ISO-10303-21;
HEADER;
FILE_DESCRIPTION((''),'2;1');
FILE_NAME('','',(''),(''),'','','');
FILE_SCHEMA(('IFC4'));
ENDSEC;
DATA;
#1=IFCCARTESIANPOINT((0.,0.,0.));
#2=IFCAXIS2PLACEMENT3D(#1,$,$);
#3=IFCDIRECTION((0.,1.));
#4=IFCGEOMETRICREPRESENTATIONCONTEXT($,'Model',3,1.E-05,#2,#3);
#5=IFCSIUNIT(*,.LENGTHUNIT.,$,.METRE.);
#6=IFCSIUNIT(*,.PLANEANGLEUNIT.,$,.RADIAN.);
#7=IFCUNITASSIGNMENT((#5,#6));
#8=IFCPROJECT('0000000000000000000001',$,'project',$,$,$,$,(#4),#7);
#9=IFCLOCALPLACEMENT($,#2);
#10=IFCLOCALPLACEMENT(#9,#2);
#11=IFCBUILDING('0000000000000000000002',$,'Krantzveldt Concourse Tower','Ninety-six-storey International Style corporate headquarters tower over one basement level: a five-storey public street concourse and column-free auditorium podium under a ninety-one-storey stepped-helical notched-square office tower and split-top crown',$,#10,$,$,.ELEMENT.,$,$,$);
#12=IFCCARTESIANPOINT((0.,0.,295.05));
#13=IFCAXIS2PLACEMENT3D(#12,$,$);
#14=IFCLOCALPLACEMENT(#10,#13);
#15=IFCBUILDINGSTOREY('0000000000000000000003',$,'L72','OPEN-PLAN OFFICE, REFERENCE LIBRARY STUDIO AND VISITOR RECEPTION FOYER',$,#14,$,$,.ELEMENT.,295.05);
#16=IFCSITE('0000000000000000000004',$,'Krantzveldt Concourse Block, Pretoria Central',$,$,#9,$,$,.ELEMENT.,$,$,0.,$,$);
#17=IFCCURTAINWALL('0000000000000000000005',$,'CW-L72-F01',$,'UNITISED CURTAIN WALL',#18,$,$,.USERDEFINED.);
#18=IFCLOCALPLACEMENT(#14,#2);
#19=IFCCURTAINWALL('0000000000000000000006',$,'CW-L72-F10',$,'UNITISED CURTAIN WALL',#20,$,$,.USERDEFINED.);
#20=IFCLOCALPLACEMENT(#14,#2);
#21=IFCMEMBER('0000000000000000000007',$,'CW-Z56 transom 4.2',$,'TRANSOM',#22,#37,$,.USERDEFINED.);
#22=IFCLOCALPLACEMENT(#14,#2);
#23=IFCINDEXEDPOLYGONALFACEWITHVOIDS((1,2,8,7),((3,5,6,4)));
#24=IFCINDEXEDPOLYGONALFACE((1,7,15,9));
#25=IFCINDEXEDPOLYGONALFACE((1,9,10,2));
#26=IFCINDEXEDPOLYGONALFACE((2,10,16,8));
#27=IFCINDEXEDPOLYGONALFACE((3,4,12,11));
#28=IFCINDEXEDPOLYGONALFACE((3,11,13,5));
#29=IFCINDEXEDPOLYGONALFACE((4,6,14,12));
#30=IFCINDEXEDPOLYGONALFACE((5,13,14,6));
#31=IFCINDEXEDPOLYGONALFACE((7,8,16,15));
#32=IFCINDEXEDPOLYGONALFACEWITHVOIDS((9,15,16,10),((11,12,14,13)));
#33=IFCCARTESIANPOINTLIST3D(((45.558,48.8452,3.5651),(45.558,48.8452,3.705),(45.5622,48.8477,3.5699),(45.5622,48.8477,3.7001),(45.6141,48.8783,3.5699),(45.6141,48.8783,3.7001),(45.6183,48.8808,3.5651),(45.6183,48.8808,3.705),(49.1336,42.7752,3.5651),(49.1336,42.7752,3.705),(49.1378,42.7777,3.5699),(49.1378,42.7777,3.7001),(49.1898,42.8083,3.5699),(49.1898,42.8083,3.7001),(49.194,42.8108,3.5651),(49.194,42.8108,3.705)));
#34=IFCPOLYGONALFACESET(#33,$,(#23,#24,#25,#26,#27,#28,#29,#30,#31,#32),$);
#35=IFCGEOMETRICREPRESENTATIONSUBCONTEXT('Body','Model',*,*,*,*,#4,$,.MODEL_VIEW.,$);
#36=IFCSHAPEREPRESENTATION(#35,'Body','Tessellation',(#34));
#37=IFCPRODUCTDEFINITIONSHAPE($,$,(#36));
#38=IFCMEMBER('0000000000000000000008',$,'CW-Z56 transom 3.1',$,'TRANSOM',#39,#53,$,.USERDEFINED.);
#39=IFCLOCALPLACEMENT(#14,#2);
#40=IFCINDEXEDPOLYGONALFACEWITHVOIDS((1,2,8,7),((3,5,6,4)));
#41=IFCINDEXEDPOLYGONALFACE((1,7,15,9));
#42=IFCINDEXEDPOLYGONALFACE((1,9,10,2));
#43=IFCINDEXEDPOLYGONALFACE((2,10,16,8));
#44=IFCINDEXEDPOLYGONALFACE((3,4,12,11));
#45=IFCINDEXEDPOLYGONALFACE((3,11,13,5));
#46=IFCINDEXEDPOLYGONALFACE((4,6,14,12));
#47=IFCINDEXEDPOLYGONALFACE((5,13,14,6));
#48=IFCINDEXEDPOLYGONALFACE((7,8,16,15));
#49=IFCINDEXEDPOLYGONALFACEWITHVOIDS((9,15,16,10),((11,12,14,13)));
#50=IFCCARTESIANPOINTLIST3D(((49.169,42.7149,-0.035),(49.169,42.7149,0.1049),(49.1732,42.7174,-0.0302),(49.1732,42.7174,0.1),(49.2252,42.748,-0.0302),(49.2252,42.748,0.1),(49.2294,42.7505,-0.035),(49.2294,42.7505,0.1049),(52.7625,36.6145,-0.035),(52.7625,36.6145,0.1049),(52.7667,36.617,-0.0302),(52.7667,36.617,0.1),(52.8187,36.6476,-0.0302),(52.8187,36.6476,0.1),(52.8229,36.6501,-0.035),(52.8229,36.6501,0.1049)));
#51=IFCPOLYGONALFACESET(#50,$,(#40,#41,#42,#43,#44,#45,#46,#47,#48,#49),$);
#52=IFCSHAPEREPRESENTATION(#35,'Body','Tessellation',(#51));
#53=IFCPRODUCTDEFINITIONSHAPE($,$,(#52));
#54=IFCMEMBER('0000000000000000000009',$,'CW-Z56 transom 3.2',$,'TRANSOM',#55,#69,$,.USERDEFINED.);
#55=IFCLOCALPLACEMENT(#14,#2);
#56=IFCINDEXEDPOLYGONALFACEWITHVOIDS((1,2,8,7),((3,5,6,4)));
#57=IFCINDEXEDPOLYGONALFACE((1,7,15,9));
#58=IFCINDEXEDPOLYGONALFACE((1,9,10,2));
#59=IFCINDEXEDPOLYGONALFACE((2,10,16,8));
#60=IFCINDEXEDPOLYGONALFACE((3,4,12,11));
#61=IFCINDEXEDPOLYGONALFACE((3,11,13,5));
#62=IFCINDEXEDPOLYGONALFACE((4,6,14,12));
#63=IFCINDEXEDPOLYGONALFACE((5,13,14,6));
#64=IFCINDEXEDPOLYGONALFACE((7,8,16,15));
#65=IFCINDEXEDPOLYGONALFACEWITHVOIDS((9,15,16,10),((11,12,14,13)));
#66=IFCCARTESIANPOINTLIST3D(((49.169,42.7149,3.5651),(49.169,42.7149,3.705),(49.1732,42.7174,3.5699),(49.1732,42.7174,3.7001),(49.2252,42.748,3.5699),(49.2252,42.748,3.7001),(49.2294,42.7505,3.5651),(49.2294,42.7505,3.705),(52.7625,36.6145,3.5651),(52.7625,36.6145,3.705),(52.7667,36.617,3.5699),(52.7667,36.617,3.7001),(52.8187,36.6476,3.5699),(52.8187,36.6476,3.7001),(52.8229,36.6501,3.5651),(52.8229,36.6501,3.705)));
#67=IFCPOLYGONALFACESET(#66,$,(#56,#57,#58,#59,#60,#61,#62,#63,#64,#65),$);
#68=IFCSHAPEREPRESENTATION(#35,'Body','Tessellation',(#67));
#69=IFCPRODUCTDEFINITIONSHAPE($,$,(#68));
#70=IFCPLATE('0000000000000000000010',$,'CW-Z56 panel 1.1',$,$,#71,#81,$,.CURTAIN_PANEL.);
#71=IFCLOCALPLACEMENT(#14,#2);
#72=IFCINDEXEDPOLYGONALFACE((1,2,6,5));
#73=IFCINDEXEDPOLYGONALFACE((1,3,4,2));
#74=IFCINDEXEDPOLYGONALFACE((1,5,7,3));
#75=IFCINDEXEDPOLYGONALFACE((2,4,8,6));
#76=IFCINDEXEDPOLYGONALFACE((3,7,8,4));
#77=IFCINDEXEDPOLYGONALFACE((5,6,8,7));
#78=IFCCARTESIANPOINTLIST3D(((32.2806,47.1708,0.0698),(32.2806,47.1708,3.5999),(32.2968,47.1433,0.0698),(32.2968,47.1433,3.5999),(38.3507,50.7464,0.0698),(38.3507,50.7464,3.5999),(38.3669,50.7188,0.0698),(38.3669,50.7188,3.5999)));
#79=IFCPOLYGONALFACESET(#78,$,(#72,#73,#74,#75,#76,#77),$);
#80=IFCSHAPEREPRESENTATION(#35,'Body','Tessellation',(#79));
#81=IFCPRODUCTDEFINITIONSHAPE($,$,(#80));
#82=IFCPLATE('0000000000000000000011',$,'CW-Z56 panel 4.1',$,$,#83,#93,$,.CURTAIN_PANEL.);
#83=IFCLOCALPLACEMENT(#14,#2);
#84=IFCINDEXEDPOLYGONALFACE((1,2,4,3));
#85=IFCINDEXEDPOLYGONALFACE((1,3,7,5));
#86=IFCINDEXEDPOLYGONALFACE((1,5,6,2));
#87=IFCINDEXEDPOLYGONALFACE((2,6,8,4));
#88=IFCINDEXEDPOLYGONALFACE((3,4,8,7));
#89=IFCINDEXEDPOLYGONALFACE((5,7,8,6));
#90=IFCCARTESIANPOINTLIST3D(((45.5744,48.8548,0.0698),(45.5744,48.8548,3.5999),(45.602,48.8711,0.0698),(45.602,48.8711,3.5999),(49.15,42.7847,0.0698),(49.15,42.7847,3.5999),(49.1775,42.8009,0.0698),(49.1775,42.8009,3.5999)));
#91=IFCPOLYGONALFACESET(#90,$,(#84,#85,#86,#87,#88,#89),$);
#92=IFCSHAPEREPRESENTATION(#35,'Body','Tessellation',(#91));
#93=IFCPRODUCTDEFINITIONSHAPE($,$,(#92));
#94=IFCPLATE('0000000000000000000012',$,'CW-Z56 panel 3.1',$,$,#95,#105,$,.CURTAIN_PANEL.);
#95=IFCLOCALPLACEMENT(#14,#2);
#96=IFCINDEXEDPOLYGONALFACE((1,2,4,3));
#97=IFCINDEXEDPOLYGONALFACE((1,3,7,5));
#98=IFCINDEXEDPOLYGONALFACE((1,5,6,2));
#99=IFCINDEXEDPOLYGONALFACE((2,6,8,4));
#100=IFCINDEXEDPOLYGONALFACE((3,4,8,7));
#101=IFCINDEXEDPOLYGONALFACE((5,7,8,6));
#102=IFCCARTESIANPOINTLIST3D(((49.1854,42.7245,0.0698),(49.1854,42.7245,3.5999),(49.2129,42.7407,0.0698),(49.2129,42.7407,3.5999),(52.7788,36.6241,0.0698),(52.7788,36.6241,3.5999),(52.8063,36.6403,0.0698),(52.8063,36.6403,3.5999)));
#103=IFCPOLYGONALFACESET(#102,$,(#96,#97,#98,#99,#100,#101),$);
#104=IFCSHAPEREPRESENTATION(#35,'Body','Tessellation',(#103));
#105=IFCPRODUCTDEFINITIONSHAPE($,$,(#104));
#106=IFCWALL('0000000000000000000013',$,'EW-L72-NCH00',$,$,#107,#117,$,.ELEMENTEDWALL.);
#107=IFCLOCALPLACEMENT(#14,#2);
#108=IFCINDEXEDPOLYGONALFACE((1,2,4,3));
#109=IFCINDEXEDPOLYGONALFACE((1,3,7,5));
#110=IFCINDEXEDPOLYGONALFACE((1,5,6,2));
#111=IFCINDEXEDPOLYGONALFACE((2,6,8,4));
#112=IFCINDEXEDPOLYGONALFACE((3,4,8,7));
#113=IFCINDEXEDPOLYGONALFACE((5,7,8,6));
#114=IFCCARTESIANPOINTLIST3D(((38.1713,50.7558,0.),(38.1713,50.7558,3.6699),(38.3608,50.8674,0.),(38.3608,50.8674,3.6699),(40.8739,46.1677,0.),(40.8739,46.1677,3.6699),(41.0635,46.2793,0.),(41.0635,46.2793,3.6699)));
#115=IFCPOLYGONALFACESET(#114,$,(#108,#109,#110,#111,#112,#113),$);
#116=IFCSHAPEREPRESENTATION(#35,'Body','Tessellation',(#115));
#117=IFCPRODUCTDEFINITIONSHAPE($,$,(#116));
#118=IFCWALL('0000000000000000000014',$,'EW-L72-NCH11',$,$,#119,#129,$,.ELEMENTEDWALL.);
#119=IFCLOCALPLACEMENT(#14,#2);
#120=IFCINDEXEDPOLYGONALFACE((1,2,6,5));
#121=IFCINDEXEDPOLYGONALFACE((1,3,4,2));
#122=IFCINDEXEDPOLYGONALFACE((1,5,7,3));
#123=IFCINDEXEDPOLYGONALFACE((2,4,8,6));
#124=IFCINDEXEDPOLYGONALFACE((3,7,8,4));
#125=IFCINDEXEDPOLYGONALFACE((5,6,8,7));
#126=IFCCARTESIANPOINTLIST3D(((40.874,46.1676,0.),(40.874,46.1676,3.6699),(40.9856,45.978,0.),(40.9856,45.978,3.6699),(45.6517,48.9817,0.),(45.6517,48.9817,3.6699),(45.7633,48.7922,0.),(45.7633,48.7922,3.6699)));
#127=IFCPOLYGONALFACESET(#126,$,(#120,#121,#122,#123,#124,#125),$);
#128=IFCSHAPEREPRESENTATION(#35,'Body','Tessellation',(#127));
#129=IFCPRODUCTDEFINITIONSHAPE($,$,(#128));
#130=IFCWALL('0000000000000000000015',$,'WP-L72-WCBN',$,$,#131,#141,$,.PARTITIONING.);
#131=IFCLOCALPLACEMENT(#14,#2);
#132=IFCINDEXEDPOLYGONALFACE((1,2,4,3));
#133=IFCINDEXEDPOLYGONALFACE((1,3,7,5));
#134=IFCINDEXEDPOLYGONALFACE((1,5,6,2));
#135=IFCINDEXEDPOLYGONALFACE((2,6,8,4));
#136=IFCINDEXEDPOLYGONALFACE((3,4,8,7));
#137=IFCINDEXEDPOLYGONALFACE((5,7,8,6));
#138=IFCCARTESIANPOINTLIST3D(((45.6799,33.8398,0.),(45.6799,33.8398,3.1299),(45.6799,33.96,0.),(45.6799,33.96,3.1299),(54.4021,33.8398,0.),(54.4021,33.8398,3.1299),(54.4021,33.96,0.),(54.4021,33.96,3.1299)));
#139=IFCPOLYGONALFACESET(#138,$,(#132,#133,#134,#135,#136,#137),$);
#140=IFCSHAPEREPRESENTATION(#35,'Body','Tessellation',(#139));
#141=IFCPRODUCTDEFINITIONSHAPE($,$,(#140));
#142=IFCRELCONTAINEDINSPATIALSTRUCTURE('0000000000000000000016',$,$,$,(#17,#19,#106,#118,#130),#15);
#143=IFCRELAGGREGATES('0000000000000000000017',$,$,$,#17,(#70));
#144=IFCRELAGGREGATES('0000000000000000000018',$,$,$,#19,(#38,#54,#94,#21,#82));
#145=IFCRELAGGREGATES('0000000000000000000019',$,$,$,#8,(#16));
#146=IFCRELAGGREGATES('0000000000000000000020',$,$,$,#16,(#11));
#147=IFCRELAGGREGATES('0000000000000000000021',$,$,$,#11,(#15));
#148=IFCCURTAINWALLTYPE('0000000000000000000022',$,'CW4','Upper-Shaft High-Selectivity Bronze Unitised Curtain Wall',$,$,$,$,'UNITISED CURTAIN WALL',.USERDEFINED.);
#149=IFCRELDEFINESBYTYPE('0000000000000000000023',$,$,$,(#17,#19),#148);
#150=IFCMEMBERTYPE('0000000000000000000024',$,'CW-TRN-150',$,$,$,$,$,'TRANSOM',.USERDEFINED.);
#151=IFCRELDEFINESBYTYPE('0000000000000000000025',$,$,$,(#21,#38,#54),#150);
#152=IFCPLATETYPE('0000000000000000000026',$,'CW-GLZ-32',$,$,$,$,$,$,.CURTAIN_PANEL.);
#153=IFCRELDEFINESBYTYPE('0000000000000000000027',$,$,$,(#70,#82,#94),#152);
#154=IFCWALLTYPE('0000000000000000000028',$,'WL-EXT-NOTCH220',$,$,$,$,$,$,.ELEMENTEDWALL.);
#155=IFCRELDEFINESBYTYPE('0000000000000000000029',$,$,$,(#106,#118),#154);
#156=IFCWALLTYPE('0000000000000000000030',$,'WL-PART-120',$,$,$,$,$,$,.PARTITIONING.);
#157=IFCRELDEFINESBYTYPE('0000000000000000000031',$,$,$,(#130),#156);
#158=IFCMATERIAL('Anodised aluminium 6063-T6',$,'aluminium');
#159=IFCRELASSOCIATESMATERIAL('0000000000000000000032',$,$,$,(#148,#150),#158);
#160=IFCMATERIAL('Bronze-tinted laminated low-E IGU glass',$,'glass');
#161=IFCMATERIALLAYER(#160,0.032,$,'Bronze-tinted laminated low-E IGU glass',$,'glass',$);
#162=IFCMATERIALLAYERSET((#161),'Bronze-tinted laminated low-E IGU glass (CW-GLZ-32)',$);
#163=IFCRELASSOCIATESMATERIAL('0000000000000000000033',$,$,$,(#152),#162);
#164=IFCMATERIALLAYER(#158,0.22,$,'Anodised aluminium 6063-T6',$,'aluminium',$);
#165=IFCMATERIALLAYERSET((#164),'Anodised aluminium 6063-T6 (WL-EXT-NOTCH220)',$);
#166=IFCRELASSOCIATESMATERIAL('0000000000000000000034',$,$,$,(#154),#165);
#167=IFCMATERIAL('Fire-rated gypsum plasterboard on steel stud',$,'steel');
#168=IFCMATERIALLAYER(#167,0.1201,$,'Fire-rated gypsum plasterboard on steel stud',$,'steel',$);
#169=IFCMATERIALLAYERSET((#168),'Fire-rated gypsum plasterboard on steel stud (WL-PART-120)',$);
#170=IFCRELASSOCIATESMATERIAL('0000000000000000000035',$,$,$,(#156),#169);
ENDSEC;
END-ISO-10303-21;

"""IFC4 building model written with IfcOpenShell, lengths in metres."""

from ifc_helpers import new_model, si_unit, direction, frame, frame_2d, origin, origin_2d, place, context, subcontext, project, spatial, rectangle, hollow_rectangle, extrude, source, transform, mapped, material, layer, layer_set, material_profile, profile_set, type_object, type_shapes, element, aggregate, save


model = new_model("IFC4")

# Units and contexts
model_context = context("Model", 3, precision=1e-05, world=origin(), true_north=direction((0.0, 1.0)))
body_context = subcontext(model_context, "Body", "Model", "MODEL_VIEW")
ifc_project = project(units=[si_unit("LENGTHUNIT", "METRE"), si_unit("PLANEANGLEUNIT", "RADIAN")], contexts=[model_context])

# Site, building, storey
site_placement = place(None, origin())
site = spatial("IfcSite", under=ifc_project, at=site_placement, Name="Krantzveldt Concourse Block, Pretoria Central", CompositionType="ELEMENT", RefElevation=0.0)
building_placement = place(site_placement, origin())
building = spatial("IfcBuilding", under=site, at=building_placement, Name="Krantzveldt Concourse Tower", Description="Ninety-six-storey International Style corporate headquarters tower over one basement level: a five-storey public street concourse and column-free auditorium podium under a ninety-one-storey stepped-helical notched-square office tower and split-top crown", CompositionType="ELEMENT")
storey_placement = place(building_placement, frame((0.0, 0.0, 295.05)))
storey = spatial("IfcBuildingStorey", under=building, at=storey_placement, Name="L72", Description="OPEN-PLAN OFFICE, REFERENCE LIBRARY STUDIO AND VISITOR RECEPTION FOYER", CompositionType="ELEMENT", Elevation=295.05)

# Curtain wall
ifc_material_1 = material(Name="Anodised aluminium 6063-T6", Category="aluminium")
curtain_wall_type = type_object("IfcCurtainWallType", Name="CW4", Description="Upper-Shaft High-Selectivity Bronze Unitised Curtain Wall", ElementType="UNITISED CURTAIN WALL", PredefinedType="USERDEFINED", material=ifc_material_1)
curtain_wall_1_placement = place(storey_placement, origin())
curtain_wall_1 = element("IfcCurtainWall", 1, at=curtain_wall_1_placement, inside=storey, type_object=curtain_wall_type, Name="CW-L72-F01", ObjectType="UNITISED CURTAIN WALL", PredefinedType="USERDEFINED")

# Curtain wall
curtain_wall_2_placement = place(storey_placement, origin())
curtain_wall_2 = element("IfcCurtainWall", 2, at=curtain_wall_2_placement, inside=storey, type_object=curtain_wall_type, Name="CW-L72-F10", ObjectType="UNITISED CURTAIN WALL", PredefinedType="USERDEFINED")

# Members
ifc_material_profile_1 = material_profile(ifc_material_1, hollow_rectangle(XDim=0.0701, YDim=0.1399, WallThickness=0.0049, at=origin_2d()), Name="Anodised aluminium 6063-T6", Category="aluminium")
ifc_profile_set_1 = profile_set([ifc_material_profile_1], Name="Anodised aluminium 6063-T6 - ALU-TRAN 140x70x5")
member_type_1 = type_object("IfcMemberType", Name="CW-TRN-150", ElementType="TRANSOM", PredefinedType="USERDEFINED", material=ifc_profile_set_1)
shared_shape_1 = source(origin(), body_context, "Body", "SweptSolid", [
    extrude(hollow_rectangle(XDim=0.0701, YDim=0.1399, WallThickness=0.0049, at=origin_2d()), origin(), (0.0, 0.0, 1.0), 7.0449),
])
member_1_placement = place(storey_placement, frame((49.1638, 42.793, 3.635), z_axis=(-0.507553, 0.86162, 0.0), x_axis=(-0.86162, -0.507553, 0.0)))
member_1 = element("IfcMember", 3, at=member_1_placement, type_object=member_type_1, Name="CW-Z56 transom 4.2", ObjectType="TRANSOM", PredefinedType="USERDEFINED", context=body_context, shape_type="MappedRepresentation", body=[
    mapped(shared_shape_1, transform((0.0, 0.0, 0.0), x_axis=(1.0, 0.0, 0.0), y_axis=(0.0, 1.0, 0.0), z_axis=(0.0, 0.0, 1.0), scale=1.0)),
])
shared_shape_2 = source(origin(), body_context, "Body", "SweptSolid", [
    extrude(hollow_rectangle(XDim=0.0701, YDim=0.1399, WallThickness=0.0049, at=origin_2d()), origin(), (0.0, 0.0, 1.0), 7.0801),
])
type_shapes(member_type_1, [shared_shape_1, shared_shape_2])
member_2_placement = place(storey_placement, frame((52.7927, 36.6323, 0.0349), z_axis=(-0.507552, 0.861621, 0.0), x_axis=(-0.861621, -0.507552, 0.0)))
member_2 = element("IfcMember", 4, at=member_2_placement, type_object=member_type_1, Name="CW-Z56 transom 3.1", ObjectType="TRANSOM", PredefinedType="USERDEFINED", context=body_context, shape_type="MappedRepresentation", body=[
    mapped(shared_shape_2, transform((0.0, 0.0, 0.0), x_axis=(1.0, 0.0, 0.0), y_axis=(0.0, 1.0, 0.0), z_axis=(0.0, 0.0, 1.0), scale=1.0)),
])
member_3_placement = place(storey_placement, frame((52.7927, 36.6323, 3.635), z_axis=(-0.507552, 0.861621, 0.0), x_axis=(-0.861621, -0.507552, 0.0)))
member_3 = element("IfcMember", 5, at=member_3_placement, type_object=member_type_1, Name="CW-Z56 transom 3.2", ObjectType="TRANSOM", PredefinedType="USERDEFINED", context=body_context, shape_type="MappedRepresentation", body=[
    mapped(shared_shape_2, transform((0.0, 0.0, 0.0), x_axis=(1.0, 0.0, 0.0), y_axis=(0.0, 1.0, 0.0), z_axis=(0.0, 0.0, 1.0), scale=1.0)),
])

# Plates
ifc_material_2 = material(Name="Bronze-tinted laminated low-E IGU glass", Category="glass")
ifc_layer_1 = layer(ifc_material_2, 0.032, Name="Bronze-tinted laminated low-E IGU glass", Category="glass")
ifc_layer_set_1 = layer_set([ifc_layer_1], Name="Bronze-tinted laminated low-E IGU glass (CW-GLZ-32)")
plate_type = type_object("IfcPlateType", Name="CW-GLZ-32", PredefinedType="CURTAIN_PANEL", material=ifc_layer_set_1)
shared_shape_3 = source(origin(), body_context, "Body", "SweptSolid", [
    extrude(rectangle(XDim=7.0449, YDim=0.032, at=origin_2d()), origin(), (0.0, 0.0, 1.0), 3.53),
])
plate_1_placement = place(storey_placement, frame((35.3237, 48.9448, 0.0698), z_axis=(0.0, 0.0, 1.0), x_axis=(-0.861629, -0.507538, 0.0)))
plate_1 = element("IfcPlate", 6, at=plate_1_placement, type_object=plate_type, Name="CW-Z56 panel 1.1", PredefinedType="CURTAIN_PANEL", context=body_context, shape_type="MappedRepresentation", body=[
    mapped(shared_shape_3, transform((0.0, 0.0, 0.0), x_axis=(1.0, 0.0, 0.0), y_axis=(0.0, 1.0, 0.0), z_axis=(0.0, 0.0, 1.0), scale=1.0)),
])
aggregate(curtain_wall_1, [plate_1])
plate_2_placement = place(storey_placement, frame((47.376, 45.8279, 0.0698), z_axis=(0.0, 0.0, 1.0), x_axis=(-0.507538, 0.861629, 0.0)))
plate_2 = element("IfcPlate", 7, at=plate_2_placement, type_object=plate_type, Name="CW-Z56 panel 4.1", PredefinedType="CURTAIN_PANEL", context=body_context, shape_type="MappedRepresentation", body=[
    mapped(shared_shape_3, transform((0.0, 0.0, 0.0), x_axis=(1.0, 0.0, 0.0), y_axis=(0.0, 1.0, 0.0), z_axis=(0.0, 0.0, 1.0), scale=1.0)),
])
shared_shape_4 = source(origin(), body_context, "Body", "SweptSolid", [
    extrude(rectangle(XDim=7.0801, YDim=0.032, at=origin_2d()), origin(), (0.0, 0.0, 1.0), 3.53),
])
type_shapes(plate_type, [shared_shape_3, shared_shape_4])
plate_3_placement = place(storey_placement, frame((50.9958, 39.6824, 0.0698), z_axis=(0.0, 0.0, 1.0), x_axis=(-0.507538, 0.861629, 0.0)))
plate_3 = element("IfcPlate", 8, at=plate_3_placement, type_object=plate_type, Name="CW-Z56 panel 3.1", PredefinedType="CURTAIN_PANEL", context=body_context, shape_type="MappedRepresentation", body=[
    mapped(shared_shape_4, transform((0.0, 0.0, 0.0), x_axis=(1.0, 0.0, 0.0), y_axis=(0.0, 1.0, 0.0), z_axis=(0.0, 0.0, 1.0), scale=1.0)),
])
aggregate(curtain_wall_2, [member_2, member_3, plate_3, member_1, plate_2])

# Walls
ifc_layer_2 = layer(ifc_material_1, 0.22, Name="Anodised aluminium 6063-T6", Category="aluminium")
ifc_layer_set_2 = layer_set([ifc_layer_2], Name="Anodised aluminium 6063-T6 (WL-EXT-NOTCH220)")
wall_type_1 = type_object("IfcWallType", Name="WL-EXT-NOTCH220", PredefinedType="ELEMENTEDWALL", material=ifc_layer_set_2)
wall_1_placement = place(storey_placement, frame((40.9688, 46.2234, 0.0), z_axis=(0.0, 0.0, 1.0), x_axis=(-0.507541, 0.861628, 0.0)))
element("IfcWall", 9, at=wall_1_placement, inside=storey, type_object=wall_type_1, Name="EW-L72-NCH00", PredefinedType="ELEMENTEDWALL", context=body_context, shape_type="SweptSolid", body=[
    extrude(rectangle(XDim=5.325, YDim=0.22, at=frame_2d((2.6626, 0.0))), origin(), (0.0, 0.0, 1.0), 3.6699),
])
wall_2_placement = place(storey_placement, frame((45.7075, 48.887, 0.0), z_axis=(0.0, 0.0, 1.0), x_axis=(-0.861641, -0.507518, 0.0)))
element("IfcWall", 10, at=wall_2_placement, inside=storey, type_object=wall_type_1, Name="EW-L72-NCH11", PredefinedType="ELEMENTEDWALL", context=body_context, shape_type="SweptSolid", body=[
    extrude(rectangle(XDim=5.5449, YDim=0.22, at=frame_2d((2.7725, 0.0))), origin(), (0.0, 0.0, 1.0), 3.6699),
])
ifc_material_3 = material(Name="Fire-rated gypsum plasterboard on steel stud", Category="steel")
ifc_layer_3 = layer(ifc_material_3, 0.1201, Name="Fire-rated gypsum plasterboard on steel stud", Category="steel")
ifc_layer_set_3 = layer_set([ifc_layer_3], Name="Fire-rated gypsum plasterboard on steel stud (WL-PART-120)")
wall_type_2 = type_object("IfcWallType", Name="WL-PART-120", PredefinedType="PARTITIONING", material=ifc_layer_set_3)
wall_3_placement = place(storey_placement, frame((45.6799, 33.8999, 0.0), z_axis=(0.0, 0.0, 1.0), x_axis=(1.0, 0.0, 0.0)))
element("IfcWall", 11, at=wall_3_placement, inside=storey, type_object=wall_type_2, Name="WP-L72-WCBN", PredefinedType="PARTITIONING", context=body_context, shape_type="SweptSolid", body=[
    extrude(rectangle(XDim=8.7222, YDim=0.1201, at=frame_2d((4.3611, 0.0))), origin(), (0.0, 0.0, 1.0), 3.1299),
])

save(model, "model.ifc")
